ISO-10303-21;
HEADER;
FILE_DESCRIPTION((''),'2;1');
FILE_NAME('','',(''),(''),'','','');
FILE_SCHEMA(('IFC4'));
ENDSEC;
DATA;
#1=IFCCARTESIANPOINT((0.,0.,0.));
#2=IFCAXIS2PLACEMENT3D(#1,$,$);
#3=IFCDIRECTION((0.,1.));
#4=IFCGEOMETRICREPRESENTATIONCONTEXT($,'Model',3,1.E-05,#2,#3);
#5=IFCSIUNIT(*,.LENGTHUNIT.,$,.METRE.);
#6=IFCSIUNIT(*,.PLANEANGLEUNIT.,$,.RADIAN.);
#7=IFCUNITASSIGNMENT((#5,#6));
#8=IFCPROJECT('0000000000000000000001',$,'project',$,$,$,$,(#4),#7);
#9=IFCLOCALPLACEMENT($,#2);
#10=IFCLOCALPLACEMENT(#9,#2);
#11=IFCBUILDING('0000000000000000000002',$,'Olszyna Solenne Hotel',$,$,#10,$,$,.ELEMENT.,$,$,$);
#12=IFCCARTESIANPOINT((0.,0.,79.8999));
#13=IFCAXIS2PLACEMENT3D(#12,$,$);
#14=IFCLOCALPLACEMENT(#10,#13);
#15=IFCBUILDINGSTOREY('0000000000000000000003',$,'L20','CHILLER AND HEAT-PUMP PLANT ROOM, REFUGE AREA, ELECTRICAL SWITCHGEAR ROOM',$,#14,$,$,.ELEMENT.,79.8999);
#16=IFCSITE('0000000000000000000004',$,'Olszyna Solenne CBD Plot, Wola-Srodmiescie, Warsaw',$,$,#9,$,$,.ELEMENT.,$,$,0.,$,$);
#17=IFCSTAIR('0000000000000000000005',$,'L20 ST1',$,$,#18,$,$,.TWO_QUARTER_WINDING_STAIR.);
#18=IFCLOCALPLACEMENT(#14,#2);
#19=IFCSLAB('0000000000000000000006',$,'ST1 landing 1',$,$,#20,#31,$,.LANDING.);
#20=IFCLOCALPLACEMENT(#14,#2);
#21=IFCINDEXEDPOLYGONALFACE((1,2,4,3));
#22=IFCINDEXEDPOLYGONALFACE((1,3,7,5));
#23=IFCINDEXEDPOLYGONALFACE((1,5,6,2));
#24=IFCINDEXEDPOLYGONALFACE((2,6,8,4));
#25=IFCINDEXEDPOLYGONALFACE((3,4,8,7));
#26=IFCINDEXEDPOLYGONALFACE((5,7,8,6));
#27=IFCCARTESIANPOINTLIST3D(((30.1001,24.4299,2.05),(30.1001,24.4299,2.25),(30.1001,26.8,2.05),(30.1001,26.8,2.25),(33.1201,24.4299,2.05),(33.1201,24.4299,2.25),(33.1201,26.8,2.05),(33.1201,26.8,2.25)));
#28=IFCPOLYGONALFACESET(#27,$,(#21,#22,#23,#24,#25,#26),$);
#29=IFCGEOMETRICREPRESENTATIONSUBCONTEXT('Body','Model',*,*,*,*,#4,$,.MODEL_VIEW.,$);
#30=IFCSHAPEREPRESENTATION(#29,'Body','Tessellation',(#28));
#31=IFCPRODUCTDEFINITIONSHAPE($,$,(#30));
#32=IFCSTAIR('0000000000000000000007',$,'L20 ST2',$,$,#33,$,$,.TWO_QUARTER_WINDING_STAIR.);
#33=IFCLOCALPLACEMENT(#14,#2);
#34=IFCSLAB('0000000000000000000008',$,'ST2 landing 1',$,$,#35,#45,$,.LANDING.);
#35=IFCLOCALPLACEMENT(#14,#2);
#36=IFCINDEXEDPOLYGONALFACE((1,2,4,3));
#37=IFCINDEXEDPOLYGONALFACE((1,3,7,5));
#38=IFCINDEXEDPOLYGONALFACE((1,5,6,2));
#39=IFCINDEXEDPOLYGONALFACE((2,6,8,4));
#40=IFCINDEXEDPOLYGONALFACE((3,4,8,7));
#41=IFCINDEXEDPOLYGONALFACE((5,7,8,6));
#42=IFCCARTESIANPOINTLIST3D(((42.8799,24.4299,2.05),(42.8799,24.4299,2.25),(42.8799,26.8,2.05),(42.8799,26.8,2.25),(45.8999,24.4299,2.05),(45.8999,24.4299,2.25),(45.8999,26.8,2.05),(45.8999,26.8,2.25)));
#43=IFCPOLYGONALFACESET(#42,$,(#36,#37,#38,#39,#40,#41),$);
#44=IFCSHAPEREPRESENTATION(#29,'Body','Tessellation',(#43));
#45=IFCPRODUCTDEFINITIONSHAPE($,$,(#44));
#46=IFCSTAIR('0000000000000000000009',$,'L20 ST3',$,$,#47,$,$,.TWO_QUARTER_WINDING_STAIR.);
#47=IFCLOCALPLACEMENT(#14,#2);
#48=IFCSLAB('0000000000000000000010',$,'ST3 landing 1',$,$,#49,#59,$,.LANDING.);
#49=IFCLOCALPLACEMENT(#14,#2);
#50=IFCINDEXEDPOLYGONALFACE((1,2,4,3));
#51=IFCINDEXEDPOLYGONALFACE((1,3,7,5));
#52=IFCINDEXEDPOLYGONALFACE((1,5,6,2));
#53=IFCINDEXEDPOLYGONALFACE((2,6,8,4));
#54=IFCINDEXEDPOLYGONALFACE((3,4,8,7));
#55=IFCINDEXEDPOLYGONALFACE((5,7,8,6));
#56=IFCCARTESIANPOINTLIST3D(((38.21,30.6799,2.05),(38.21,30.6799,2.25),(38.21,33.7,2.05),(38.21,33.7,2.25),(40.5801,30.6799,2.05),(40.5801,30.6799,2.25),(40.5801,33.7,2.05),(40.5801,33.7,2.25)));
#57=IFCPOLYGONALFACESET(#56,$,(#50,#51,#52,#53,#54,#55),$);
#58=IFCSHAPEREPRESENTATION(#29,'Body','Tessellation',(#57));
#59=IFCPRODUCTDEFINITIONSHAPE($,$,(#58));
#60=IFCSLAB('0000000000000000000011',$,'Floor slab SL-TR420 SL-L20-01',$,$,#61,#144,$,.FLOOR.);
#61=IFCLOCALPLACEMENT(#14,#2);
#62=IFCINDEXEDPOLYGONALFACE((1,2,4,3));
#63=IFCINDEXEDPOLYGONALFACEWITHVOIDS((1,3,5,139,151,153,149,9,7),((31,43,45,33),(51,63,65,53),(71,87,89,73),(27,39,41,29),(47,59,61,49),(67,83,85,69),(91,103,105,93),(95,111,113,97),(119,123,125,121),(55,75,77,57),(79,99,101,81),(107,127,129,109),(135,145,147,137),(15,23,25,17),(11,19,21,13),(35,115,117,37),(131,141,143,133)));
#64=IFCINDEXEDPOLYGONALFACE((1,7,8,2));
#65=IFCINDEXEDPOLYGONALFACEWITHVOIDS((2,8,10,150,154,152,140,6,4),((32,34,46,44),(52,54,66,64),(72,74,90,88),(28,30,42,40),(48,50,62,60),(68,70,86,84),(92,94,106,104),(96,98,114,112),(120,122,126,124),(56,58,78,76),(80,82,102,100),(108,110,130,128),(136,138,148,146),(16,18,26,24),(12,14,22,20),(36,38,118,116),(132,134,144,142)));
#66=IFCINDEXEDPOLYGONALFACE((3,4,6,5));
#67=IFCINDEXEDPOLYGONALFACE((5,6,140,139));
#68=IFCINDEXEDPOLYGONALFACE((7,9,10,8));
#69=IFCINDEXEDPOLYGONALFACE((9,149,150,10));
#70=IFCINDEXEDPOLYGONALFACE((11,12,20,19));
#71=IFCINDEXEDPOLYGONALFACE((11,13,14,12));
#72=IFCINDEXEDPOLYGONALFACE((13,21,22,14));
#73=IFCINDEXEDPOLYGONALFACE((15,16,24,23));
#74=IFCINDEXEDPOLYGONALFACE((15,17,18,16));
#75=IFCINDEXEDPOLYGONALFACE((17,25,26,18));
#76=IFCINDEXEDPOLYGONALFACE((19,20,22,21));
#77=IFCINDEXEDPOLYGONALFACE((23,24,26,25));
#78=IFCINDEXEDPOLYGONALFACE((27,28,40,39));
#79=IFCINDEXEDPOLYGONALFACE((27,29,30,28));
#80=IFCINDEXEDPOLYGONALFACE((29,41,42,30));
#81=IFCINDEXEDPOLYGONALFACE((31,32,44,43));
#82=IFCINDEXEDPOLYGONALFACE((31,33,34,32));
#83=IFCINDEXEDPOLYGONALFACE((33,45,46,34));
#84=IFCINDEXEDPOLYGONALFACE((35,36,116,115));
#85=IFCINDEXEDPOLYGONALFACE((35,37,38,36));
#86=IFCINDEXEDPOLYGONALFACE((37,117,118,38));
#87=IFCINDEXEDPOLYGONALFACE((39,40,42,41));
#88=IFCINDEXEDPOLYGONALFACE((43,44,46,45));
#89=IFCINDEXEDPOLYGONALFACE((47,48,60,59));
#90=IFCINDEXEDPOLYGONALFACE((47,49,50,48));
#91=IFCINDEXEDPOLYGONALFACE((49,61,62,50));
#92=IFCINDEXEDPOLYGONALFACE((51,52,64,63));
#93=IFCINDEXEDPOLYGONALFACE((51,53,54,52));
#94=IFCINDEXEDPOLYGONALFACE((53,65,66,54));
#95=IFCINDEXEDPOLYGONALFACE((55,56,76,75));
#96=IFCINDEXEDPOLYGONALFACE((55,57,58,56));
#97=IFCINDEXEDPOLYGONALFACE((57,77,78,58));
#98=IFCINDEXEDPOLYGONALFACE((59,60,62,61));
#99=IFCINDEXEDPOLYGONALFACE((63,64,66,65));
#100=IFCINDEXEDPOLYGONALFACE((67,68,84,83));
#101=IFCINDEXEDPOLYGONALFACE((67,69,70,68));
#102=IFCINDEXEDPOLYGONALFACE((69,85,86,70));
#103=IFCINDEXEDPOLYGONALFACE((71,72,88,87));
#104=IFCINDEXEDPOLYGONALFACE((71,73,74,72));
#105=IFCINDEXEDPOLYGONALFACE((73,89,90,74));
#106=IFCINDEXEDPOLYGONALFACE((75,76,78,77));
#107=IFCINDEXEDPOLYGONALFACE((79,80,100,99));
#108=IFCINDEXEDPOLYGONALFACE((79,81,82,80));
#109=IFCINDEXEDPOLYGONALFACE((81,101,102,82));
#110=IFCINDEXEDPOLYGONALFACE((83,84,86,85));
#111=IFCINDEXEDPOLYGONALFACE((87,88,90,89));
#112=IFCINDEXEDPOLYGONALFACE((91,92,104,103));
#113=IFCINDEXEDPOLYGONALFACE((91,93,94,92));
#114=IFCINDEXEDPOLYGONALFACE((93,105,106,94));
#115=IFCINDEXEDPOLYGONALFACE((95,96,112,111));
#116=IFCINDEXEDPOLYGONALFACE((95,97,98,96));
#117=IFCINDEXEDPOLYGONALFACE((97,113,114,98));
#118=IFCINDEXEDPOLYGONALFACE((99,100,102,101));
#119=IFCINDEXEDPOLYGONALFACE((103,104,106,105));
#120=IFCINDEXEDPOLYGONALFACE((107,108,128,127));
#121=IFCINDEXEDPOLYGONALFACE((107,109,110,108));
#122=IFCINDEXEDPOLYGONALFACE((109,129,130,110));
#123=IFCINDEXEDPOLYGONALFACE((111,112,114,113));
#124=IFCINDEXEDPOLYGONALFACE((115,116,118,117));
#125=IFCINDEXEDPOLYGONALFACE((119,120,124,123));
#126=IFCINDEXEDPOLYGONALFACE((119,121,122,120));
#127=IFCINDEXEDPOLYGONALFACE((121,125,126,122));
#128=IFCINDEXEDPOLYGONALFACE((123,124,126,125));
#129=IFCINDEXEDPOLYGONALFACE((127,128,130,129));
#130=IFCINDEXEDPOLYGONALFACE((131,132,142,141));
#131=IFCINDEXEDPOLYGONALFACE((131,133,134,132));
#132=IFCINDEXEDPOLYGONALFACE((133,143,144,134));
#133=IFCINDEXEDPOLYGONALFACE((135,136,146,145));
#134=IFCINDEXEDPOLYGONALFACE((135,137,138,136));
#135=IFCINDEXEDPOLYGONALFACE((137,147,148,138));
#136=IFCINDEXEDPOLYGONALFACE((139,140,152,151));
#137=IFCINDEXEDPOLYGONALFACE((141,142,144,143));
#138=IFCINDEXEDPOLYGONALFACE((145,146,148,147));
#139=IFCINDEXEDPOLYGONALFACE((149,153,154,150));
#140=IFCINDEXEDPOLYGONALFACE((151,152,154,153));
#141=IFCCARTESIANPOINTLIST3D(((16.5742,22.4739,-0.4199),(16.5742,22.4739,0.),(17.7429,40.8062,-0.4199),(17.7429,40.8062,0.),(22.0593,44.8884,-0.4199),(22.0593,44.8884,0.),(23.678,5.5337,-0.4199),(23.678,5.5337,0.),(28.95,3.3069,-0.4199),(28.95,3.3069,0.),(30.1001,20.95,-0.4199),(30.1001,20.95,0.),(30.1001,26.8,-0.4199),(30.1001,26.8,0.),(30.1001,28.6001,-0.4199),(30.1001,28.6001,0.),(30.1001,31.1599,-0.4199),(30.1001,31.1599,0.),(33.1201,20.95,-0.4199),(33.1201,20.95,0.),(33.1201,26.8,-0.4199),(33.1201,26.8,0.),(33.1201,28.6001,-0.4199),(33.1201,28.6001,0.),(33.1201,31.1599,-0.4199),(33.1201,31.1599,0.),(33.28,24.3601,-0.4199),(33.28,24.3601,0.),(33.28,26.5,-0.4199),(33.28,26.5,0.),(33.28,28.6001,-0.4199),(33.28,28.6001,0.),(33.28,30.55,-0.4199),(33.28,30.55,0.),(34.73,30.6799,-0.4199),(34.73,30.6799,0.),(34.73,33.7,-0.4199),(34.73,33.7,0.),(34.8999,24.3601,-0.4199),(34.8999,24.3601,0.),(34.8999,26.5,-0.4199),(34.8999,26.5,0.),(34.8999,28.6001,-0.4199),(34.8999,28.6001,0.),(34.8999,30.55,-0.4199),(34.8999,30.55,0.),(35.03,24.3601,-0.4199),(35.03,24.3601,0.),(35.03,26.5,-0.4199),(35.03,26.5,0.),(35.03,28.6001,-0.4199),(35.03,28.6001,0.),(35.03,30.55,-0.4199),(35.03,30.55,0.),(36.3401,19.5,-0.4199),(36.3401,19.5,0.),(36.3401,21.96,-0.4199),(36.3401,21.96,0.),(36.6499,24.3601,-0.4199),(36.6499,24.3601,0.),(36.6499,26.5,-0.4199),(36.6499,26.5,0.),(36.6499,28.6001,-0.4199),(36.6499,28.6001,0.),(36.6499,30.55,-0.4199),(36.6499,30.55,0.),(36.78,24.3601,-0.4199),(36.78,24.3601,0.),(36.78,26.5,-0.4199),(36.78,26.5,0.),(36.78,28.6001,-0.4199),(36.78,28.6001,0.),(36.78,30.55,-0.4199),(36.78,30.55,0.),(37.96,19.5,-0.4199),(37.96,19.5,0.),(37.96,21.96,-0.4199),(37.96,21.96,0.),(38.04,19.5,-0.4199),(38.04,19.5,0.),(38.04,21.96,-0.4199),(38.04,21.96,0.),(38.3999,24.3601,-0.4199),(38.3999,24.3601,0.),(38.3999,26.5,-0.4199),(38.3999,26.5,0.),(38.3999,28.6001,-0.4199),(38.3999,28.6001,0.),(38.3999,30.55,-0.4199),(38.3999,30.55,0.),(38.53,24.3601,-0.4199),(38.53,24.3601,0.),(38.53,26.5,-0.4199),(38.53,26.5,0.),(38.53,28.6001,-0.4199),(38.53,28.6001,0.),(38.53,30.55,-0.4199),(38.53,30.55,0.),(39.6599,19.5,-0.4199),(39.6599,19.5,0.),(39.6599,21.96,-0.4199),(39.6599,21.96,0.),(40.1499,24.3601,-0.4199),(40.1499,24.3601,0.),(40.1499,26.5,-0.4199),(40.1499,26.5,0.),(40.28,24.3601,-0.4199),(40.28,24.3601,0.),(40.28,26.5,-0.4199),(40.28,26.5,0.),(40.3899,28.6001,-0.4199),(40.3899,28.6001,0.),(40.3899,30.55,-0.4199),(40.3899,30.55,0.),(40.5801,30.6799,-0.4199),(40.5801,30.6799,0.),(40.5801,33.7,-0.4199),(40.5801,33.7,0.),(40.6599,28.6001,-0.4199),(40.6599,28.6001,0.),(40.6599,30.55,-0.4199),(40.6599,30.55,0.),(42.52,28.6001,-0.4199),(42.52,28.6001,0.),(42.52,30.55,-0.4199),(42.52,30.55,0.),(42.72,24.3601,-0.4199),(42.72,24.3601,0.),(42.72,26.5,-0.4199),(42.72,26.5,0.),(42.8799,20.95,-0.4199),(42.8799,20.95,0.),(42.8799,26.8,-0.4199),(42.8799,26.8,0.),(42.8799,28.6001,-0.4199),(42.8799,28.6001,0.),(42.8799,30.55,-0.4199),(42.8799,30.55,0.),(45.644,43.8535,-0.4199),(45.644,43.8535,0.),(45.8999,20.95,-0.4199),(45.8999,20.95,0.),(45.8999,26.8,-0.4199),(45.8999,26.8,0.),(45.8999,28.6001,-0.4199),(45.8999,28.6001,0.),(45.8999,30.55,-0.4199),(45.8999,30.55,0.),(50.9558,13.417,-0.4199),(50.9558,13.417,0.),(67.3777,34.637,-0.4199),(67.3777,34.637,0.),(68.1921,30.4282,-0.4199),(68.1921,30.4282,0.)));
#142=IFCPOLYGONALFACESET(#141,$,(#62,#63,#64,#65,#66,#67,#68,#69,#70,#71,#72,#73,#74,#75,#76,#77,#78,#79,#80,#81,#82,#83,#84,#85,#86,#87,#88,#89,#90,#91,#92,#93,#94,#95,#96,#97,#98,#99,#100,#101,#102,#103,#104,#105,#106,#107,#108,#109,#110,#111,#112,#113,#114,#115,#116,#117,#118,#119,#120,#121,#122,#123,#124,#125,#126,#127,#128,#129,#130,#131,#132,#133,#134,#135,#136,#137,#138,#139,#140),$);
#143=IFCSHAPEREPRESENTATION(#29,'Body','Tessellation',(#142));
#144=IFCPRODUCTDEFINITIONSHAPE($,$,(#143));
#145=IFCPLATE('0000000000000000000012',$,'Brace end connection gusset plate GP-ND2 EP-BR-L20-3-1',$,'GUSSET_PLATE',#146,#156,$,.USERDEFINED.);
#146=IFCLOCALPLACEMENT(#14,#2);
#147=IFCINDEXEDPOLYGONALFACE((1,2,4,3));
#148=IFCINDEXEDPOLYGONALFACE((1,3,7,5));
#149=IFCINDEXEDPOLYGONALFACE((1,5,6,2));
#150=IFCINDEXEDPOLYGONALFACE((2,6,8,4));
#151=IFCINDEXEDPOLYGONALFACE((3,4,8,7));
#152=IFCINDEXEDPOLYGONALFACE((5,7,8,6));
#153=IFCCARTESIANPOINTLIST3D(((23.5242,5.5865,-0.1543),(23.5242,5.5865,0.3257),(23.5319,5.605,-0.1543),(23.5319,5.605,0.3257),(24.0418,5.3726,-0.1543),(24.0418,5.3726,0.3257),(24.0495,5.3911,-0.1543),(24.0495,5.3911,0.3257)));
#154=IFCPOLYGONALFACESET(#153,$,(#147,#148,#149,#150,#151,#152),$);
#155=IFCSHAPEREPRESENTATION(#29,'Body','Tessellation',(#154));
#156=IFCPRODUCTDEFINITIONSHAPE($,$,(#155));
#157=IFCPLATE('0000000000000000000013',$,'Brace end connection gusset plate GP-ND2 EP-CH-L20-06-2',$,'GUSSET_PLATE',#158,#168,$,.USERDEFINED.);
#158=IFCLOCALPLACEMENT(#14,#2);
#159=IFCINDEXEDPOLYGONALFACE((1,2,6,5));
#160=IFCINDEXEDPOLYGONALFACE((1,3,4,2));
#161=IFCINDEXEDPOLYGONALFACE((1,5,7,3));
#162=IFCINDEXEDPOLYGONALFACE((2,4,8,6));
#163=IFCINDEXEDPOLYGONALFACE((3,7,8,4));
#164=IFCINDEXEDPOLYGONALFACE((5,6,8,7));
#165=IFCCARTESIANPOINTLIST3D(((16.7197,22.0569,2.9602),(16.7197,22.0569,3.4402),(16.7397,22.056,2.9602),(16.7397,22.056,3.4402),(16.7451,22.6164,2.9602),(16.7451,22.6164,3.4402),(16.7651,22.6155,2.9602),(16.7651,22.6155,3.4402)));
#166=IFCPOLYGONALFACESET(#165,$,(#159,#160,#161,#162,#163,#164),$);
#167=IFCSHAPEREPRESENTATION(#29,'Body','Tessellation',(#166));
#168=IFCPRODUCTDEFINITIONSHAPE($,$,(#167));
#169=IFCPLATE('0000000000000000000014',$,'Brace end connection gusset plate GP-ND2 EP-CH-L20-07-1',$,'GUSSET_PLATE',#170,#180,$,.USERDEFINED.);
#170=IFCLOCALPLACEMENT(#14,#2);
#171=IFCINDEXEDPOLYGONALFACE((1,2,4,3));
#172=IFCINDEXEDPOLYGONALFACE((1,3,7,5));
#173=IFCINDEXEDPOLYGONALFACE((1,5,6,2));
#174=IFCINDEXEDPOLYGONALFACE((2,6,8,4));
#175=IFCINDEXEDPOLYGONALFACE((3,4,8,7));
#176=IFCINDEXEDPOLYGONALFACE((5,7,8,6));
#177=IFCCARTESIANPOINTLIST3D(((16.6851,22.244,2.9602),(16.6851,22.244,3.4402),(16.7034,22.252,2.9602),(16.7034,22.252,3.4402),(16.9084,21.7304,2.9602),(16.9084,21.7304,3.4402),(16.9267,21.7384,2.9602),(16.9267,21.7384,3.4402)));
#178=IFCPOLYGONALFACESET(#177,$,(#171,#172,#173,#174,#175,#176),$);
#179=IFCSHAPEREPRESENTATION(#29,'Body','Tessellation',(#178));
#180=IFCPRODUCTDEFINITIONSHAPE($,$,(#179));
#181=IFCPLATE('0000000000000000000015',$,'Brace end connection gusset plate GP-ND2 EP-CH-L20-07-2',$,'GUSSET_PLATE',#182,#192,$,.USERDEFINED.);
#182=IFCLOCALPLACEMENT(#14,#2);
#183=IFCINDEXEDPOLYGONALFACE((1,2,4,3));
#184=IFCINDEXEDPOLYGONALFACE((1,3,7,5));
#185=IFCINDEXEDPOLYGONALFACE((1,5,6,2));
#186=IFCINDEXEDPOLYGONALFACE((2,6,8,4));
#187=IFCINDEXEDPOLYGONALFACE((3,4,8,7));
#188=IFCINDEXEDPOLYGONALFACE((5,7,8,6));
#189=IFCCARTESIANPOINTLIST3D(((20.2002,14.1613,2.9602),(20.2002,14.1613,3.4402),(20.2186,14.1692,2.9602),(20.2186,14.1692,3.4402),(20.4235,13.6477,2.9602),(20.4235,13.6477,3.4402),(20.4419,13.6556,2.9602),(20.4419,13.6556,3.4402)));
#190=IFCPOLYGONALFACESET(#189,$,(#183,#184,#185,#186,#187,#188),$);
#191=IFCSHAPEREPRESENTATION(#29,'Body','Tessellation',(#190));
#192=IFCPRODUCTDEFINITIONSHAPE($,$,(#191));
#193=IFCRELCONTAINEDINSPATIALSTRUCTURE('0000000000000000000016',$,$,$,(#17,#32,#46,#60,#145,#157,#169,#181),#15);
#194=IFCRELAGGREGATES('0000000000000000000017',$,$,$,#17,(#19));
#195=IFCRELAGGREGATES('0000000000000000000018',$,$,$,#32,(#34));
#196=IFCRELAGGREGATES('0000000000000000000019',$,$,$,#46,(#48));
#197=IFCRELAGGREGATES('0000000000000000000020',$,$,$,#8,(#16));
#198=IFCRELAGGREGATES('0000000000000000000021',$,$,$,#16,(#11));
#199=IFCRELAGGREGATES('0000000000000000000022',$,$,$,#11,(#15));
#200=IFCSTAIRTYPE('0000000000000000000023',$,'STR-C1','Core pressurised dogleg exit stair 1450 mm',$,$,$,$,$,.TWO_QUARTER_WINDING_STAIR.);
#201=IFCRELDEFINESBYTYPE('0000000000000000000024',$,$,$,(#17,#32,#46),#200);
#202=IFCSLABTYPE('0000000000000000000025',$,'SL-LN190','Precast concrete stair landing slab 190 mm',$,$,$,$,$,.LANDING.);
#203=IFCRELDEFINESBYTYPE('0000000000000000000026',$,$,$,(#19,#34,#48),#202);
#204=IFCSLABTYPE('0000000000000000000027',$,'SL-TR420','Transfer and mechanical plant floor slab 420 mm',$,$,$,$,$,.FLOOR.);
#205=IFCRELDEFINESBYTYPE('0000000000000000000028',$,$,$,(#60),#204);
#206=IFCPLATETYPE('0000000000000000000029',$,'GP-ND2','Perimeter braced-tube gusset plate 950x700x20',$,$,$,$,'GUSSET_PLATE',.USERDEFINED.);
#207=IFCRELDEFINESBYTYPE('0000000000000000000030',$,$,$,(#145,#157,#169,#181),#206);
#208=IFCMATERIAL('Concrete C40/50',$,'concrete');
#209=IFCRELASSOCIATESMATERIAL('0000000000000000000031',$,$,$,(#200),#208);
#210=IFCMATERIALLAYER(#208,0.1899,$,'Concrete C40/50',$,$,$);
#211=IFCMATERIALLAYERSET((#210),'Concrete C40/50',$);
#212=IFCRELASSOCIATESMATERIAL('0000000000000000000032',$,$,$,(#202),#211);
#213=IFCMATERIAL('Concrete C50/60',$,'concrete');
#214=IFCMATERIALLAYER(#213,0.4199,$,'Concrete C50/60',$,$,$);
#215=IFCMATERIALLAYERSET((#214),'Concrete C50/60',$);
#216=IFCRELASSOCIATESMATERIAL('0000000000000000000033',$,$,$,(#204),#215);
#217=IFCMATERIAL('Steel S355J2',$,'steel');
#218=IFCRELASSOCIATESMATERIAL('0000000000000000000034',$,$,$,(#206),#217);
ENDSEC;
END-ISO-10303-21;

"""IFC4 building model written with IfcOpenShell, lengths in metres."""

from ifc_helpers import new_model, si_unit, direction, frame, origin, origin_2d, place, context, subcontext, project, spatial, polyline, rectangle, outline, extrude, source, transform, mapped, material, layer, layer_set, type_object, element, aggregate, save


model = new_model("IFC4")

# Units and contexts
model_context = context("Model", 3, precision=1e-05, world=origin(), true_north=direction((0.0, 1.0)))
body_context = subcontext(model_context, "Body", "Model", "MODEL_VIEW")
ifc_project = project(units=[si_unit("LENGTHUNIT", "METRE"), si_unit("PLANEANGLEUNIT", "RADIAN")], contexts=[model_context])

# Site, building, storey
site_placement = place(None, origin())
site = spatial("IfcSite", under=ifc_project, at=site_placement, Name="Olszyna Solenne CBD Plot, Wola-Srodmiescie, Warsaw", CompositionType="ELEMENT", RefElevation=0.0)
building_placement = place(site_placement, origin())
building = spatial("IfcBuilding", under=site, at=building_placement, Name="Olszyna Solenne Hotel", CompositionType="ELEMENT")
storey_placement = place(building_placement, frame((0.0, 0.0, 79.8999)))
storey = spatial("IfcBuildingStorey", under=building, at=storey_placement, Name="L20", Description="CHILLER AND HEAT-PUMP PLANT ROOM, REFUGE AREA, ELECTRICAL SWITCHGEAR ROOM", CompositionType="ELEMENT", Elevation=79.8999)

# Shared definitions
ifc_material_1 = material(Name="Steel S355J2", Category="steel")

# Stairs, slabs
ifc_material_2 = material(Name="Concrete C40/50", Category="concrete")
stair_type = type_object("IfcStairType", Name="STR-C1", Description="Core pressurised dogleg exit stair 1450 mm", PredefinedType="TWO_QUARTER_WINDING_STAIR", material=ifc_material_2)
stair_1_placement = place(storey_placement, origin())
stair_1 = element("IfcStair", 1, at=stair_1_placement, inside=storey, type_object=stair_type, Name="L20 ST1", PredefinedType="TWO_QUARTER_WINDING_STAIR")
ifc_layer_1 = layer(ifc_material_2, 0.1899, Name="Concrete C40/50")
ifc_layer_set_1 = layer_set([ifc_layer_1], Name="Concrete C40/50")
slab_type_1 = type_object("IfcSlabType", Name="SL-LN190", Description="Precast concrete stair landing slab 190 mm", PredefinedType="LANDING", material=ifc_layer_set_1)
slab_1_placement = place(storey_placement, frame((0.0, 0.0, 2.05)))
slab_1 = element("IfcSlab", 2, at=slab_1_placement, type_object=slab_type_1, Name="ST1 landing 1", PredefinedType="LANDING", context=body_context, shape_type="SweptSolid", body=[
    extrude(outline(polyline([(33.1201, 24.4299), (33.1201, 26.8), (30.1001, 26.8), (30.1001, 24.4299), (33.1201, 24.4299)])), origin(), (0.0, 0.0, 1.0), 0.2),
])
aggregate(stair_1, [slab_1])
stair_2_placement = place(storey_placement, origin())
stair_2 = element("IfcStair", 3, at=stair_2_placement, inside=storey, type_object=stair_type, Name="L20 ST2", PredefinedType="TWO_QUARTER_WINDING_STAIR")
slab_2_placement = place(storey_placement, frame((0.0, 0.0, 2.05)))
slab_2 = element("IfcSlab", 4, at=slab_2_placement, type_object=slab_type_1, Name="ST2 landing 1", PredefinedType="LANDING", context=body_context, shape_type="SweptSolid", body=[
    extrude(outline(polyline([(45.8999, 24.4299), (45.8999, 26.8), (42.8799, 26.8), (42.8799, 24.4299), (45.8999, 24.4299)])), origin(), (0.0, 0.0, 1.0), 0.2),
])
aggregate(stair_2, [slab_2])
stair_3_placement = place(storey_placement, origin())
stair_3 = element("IfcStair", 5, at=stair_3_placement, inside=storey, type_object=stair_type, Name="L20 ST3", PredefinedType="TWO_QUARTER_WINDING_STAIR")
slab_3_placement = place(storey_placement, frame((0.0, 0.0, 2.05)))
slab_3 = element("IfcSlab", 6, at=slab_3_placement, type_object=slab_type_1, Name="ST3 landing 1", PredefinedType="LANDING", context=body_context, shape_type="SweptSolid", body=[
    extrude(outline(polyline([(38.21, 30.6799), (40.5801, 30.6799), (40.5801, 33.7), (38.21, 33.7), (38.21, 30.6799)])), origin(), (0.0, 0.0, 1.0), 0.2),
])
aggregate(stair_3, [slab_3])

# Slab
ifc_material_3 = material(Name="Concrete C50/60", Category="concrete")
ifc_layer_2 = layer(ifc_material_3, 0.4199, Name="Concrete C50/60")
ifc_layer_set_2 = layer_set([ifc_layer_2], Name="Concrete C50/60")
slab_type_2 = type_object("IfcSlabType", Name="SL-TR420", Description="Transfer and mechanical plant floor slab 420 mm", PredefinedType="FLOOR", material=ifc_layer_set_2)
slab_4_placement = place(storey_placement, frame((0.0, 0.0, -0.4199)))
element("IfcSlab", 7, at=slab_4_placement, inside=storey, type_object=slab_type_2, Name="Floor slab SL-TR420 SL-L20-01", PredefinedType="FLOOR", context=body_context, shape_type="SweptSolid", body=[
    extrude(outline(polyline([(68.1921, 30.4282), (67.3777, 34.637), (45.644, 43.8535), (22.0593, 44.8884), (17.7429, 40.8062), (16.5742, 22.4739), (23.678, 5.5337), (28.95, 3.3069), (50.9558, 13.417), (68.1921, 30.4282)]), holes=[polyline([(30.1001, 20.95), (33.1201, 20.95), (33.1201, 26.8), (30.1001, 26.8), (30.1001, 20.95)]), polyline([(42.8799, 20.95), (45.8999, 20.95), (45.8999, 26.8), (42.8799, 26.8), (42.8799, 20.95)]), polyline([(34.73, 30.6799), (40.5801, 30.6799), (40.5801, 33.7), (34.73, 33.7), (34.73, 30.6799)]), polyline([(36.3401, 19.5), (37.96, 19.5), (37.96, 21.96), (36.3401, 21.96), (36.3401, 19.5)]), polyline([(38.04, 19.5), (39.6599, 19.5), (39.6599, 21.96), (38.04, 21.96), (38.04, 19.5)]), polyline([(30.1001, 28.6001), (33.1201, 28.6001), (33.1201, 31.1599), (30.1001, 31.1599), (30.1001, 28.6001)]), polyline([(33.28, 24.3601), (34.8999, 24.3601), (34.8999, 26.5), (33.28, 26.5), (33.28, 24.3601)]), polyline([(35.03, 24.3601), (36.6499, 24.3601), (36.6499, 26.5), (35.03, 26.5), (35.03, 24.3601)]), polyline([(36.78, 24.3601), (38.3999, 24.3601), (38.3999, 26.5), (36.78, 26.5), (36.78, 24.3601)]), polyline([(38.53, 24.3601), (40.1499, 24.3601), (40.1499, 26.5), (38.53, 26.5), (38.53, 24.3601)]), polyline([(40.28, 24.3601), (42.72, 24.3601), (42.72, 26.5), (40.28, 26.5), (40.28, 24.3601)]), polyline([(33.28, 28.6001), (34.8999, 28.6001), (34.8999, 30.55), (33.28, 30.55), (33.28, 28.6001)]), polyline([(35.03, 28.6001), (36.6499, 28.6001), (36.6499, 30.55), (35.03, 30.55), (35.03, 28.6001)]), polyline([(36.78, 28.6001), (38.3999, 28.6001), (38.3999, 30.55), (36.78, 30.55), (36.78, 28.6001)]), polyline([(38.53, 28.6001), (40.3899, 28.6001), (40.3899, 30.55), (38.53, 30.55), (38.53, 28.6001)]), polyline([(40.6599, 28.6001), (42.52, 28.6001), (42.52, 30.55), (40.6599, 30.55), (40.6599, 28.6001)]), polyline([(42.8799, 28.6001), (45.8999, 28.6001), (45.8999, 30.55), (42.8799, 30.55), (42.8799, 28.6001)])]), origin(), (0.0, 0.0, 1.0), 0.4199),
])

# Plates
plate_type_1 = type_object("IfcPlateType", Name="GP-ND2", Description="Perimeter braced-tube gusset plate 950x700x20", ElementType="GUSSET_PLATE", PredefinedType="USERDEFINED", material=ifc_material_1)
shared_shape_1 = source(origin(), body_context, "Body", "SweptSolid", [
    extrude(rectangle(XDim=0.5601, YDim=0.02, at=origin_2d()), origin(), (0.0, 0.0, 1.0), 0.48),
])
for number, where, z_axis, x_axis, name in (
    (8, (23.7869, 5.4888, -0.1543), (0.0, 0.0, 1.0), (0.924213, -0.381877, 0.0), "Brace end connection gusset plate GP-ND2 EP-BR-L20-3-1"),
    (9, (16.7424, 22.3362, 2.9602), (0.0, 0.0, 1.0), (-0.045363, -0.998971, 0.0), "Brace end connection gusset plate GP-ND2 EP-CH-L20-06-2"),
    (10, (16.8059, 21.9912, 2.9602), (0.0, 0.0, 1.0), (0.398749, -0.91706, 0.0), "Brace end connection gusset plate GP-ND2 EP-CH-L20-07-1"),
    (11, (20.321, 13.9084, 2.9602), (0.0, 0.0, 1.0), (0.398749, -0.91706, 0.0), "Brace end connection gusset plate GP-ND2 EP-CH-L20-07-2"),
):
    element("IfcPlate", number, at=place(storey_placement, frame(where, z_axis=z_axis, x_axis=x_axis)), inside=storey, type_object=plate_type_1, Name=name, ObjectType="GUSSET_PLATE", PredefinedType="USERDEFINED", context=body_context, shape_type="MappedRepresentation", body=[
        mapped(shared_shape_1, transform((0.0, 0.0, 0.0), x_axis=(1.0, 0.0, 0.0), y_axis=(0.0, 1.0, 0.0), z_axis=(0.0, 0.0, 1.0), scale=1.0)),
    ])

save(model, "model.ifc")
